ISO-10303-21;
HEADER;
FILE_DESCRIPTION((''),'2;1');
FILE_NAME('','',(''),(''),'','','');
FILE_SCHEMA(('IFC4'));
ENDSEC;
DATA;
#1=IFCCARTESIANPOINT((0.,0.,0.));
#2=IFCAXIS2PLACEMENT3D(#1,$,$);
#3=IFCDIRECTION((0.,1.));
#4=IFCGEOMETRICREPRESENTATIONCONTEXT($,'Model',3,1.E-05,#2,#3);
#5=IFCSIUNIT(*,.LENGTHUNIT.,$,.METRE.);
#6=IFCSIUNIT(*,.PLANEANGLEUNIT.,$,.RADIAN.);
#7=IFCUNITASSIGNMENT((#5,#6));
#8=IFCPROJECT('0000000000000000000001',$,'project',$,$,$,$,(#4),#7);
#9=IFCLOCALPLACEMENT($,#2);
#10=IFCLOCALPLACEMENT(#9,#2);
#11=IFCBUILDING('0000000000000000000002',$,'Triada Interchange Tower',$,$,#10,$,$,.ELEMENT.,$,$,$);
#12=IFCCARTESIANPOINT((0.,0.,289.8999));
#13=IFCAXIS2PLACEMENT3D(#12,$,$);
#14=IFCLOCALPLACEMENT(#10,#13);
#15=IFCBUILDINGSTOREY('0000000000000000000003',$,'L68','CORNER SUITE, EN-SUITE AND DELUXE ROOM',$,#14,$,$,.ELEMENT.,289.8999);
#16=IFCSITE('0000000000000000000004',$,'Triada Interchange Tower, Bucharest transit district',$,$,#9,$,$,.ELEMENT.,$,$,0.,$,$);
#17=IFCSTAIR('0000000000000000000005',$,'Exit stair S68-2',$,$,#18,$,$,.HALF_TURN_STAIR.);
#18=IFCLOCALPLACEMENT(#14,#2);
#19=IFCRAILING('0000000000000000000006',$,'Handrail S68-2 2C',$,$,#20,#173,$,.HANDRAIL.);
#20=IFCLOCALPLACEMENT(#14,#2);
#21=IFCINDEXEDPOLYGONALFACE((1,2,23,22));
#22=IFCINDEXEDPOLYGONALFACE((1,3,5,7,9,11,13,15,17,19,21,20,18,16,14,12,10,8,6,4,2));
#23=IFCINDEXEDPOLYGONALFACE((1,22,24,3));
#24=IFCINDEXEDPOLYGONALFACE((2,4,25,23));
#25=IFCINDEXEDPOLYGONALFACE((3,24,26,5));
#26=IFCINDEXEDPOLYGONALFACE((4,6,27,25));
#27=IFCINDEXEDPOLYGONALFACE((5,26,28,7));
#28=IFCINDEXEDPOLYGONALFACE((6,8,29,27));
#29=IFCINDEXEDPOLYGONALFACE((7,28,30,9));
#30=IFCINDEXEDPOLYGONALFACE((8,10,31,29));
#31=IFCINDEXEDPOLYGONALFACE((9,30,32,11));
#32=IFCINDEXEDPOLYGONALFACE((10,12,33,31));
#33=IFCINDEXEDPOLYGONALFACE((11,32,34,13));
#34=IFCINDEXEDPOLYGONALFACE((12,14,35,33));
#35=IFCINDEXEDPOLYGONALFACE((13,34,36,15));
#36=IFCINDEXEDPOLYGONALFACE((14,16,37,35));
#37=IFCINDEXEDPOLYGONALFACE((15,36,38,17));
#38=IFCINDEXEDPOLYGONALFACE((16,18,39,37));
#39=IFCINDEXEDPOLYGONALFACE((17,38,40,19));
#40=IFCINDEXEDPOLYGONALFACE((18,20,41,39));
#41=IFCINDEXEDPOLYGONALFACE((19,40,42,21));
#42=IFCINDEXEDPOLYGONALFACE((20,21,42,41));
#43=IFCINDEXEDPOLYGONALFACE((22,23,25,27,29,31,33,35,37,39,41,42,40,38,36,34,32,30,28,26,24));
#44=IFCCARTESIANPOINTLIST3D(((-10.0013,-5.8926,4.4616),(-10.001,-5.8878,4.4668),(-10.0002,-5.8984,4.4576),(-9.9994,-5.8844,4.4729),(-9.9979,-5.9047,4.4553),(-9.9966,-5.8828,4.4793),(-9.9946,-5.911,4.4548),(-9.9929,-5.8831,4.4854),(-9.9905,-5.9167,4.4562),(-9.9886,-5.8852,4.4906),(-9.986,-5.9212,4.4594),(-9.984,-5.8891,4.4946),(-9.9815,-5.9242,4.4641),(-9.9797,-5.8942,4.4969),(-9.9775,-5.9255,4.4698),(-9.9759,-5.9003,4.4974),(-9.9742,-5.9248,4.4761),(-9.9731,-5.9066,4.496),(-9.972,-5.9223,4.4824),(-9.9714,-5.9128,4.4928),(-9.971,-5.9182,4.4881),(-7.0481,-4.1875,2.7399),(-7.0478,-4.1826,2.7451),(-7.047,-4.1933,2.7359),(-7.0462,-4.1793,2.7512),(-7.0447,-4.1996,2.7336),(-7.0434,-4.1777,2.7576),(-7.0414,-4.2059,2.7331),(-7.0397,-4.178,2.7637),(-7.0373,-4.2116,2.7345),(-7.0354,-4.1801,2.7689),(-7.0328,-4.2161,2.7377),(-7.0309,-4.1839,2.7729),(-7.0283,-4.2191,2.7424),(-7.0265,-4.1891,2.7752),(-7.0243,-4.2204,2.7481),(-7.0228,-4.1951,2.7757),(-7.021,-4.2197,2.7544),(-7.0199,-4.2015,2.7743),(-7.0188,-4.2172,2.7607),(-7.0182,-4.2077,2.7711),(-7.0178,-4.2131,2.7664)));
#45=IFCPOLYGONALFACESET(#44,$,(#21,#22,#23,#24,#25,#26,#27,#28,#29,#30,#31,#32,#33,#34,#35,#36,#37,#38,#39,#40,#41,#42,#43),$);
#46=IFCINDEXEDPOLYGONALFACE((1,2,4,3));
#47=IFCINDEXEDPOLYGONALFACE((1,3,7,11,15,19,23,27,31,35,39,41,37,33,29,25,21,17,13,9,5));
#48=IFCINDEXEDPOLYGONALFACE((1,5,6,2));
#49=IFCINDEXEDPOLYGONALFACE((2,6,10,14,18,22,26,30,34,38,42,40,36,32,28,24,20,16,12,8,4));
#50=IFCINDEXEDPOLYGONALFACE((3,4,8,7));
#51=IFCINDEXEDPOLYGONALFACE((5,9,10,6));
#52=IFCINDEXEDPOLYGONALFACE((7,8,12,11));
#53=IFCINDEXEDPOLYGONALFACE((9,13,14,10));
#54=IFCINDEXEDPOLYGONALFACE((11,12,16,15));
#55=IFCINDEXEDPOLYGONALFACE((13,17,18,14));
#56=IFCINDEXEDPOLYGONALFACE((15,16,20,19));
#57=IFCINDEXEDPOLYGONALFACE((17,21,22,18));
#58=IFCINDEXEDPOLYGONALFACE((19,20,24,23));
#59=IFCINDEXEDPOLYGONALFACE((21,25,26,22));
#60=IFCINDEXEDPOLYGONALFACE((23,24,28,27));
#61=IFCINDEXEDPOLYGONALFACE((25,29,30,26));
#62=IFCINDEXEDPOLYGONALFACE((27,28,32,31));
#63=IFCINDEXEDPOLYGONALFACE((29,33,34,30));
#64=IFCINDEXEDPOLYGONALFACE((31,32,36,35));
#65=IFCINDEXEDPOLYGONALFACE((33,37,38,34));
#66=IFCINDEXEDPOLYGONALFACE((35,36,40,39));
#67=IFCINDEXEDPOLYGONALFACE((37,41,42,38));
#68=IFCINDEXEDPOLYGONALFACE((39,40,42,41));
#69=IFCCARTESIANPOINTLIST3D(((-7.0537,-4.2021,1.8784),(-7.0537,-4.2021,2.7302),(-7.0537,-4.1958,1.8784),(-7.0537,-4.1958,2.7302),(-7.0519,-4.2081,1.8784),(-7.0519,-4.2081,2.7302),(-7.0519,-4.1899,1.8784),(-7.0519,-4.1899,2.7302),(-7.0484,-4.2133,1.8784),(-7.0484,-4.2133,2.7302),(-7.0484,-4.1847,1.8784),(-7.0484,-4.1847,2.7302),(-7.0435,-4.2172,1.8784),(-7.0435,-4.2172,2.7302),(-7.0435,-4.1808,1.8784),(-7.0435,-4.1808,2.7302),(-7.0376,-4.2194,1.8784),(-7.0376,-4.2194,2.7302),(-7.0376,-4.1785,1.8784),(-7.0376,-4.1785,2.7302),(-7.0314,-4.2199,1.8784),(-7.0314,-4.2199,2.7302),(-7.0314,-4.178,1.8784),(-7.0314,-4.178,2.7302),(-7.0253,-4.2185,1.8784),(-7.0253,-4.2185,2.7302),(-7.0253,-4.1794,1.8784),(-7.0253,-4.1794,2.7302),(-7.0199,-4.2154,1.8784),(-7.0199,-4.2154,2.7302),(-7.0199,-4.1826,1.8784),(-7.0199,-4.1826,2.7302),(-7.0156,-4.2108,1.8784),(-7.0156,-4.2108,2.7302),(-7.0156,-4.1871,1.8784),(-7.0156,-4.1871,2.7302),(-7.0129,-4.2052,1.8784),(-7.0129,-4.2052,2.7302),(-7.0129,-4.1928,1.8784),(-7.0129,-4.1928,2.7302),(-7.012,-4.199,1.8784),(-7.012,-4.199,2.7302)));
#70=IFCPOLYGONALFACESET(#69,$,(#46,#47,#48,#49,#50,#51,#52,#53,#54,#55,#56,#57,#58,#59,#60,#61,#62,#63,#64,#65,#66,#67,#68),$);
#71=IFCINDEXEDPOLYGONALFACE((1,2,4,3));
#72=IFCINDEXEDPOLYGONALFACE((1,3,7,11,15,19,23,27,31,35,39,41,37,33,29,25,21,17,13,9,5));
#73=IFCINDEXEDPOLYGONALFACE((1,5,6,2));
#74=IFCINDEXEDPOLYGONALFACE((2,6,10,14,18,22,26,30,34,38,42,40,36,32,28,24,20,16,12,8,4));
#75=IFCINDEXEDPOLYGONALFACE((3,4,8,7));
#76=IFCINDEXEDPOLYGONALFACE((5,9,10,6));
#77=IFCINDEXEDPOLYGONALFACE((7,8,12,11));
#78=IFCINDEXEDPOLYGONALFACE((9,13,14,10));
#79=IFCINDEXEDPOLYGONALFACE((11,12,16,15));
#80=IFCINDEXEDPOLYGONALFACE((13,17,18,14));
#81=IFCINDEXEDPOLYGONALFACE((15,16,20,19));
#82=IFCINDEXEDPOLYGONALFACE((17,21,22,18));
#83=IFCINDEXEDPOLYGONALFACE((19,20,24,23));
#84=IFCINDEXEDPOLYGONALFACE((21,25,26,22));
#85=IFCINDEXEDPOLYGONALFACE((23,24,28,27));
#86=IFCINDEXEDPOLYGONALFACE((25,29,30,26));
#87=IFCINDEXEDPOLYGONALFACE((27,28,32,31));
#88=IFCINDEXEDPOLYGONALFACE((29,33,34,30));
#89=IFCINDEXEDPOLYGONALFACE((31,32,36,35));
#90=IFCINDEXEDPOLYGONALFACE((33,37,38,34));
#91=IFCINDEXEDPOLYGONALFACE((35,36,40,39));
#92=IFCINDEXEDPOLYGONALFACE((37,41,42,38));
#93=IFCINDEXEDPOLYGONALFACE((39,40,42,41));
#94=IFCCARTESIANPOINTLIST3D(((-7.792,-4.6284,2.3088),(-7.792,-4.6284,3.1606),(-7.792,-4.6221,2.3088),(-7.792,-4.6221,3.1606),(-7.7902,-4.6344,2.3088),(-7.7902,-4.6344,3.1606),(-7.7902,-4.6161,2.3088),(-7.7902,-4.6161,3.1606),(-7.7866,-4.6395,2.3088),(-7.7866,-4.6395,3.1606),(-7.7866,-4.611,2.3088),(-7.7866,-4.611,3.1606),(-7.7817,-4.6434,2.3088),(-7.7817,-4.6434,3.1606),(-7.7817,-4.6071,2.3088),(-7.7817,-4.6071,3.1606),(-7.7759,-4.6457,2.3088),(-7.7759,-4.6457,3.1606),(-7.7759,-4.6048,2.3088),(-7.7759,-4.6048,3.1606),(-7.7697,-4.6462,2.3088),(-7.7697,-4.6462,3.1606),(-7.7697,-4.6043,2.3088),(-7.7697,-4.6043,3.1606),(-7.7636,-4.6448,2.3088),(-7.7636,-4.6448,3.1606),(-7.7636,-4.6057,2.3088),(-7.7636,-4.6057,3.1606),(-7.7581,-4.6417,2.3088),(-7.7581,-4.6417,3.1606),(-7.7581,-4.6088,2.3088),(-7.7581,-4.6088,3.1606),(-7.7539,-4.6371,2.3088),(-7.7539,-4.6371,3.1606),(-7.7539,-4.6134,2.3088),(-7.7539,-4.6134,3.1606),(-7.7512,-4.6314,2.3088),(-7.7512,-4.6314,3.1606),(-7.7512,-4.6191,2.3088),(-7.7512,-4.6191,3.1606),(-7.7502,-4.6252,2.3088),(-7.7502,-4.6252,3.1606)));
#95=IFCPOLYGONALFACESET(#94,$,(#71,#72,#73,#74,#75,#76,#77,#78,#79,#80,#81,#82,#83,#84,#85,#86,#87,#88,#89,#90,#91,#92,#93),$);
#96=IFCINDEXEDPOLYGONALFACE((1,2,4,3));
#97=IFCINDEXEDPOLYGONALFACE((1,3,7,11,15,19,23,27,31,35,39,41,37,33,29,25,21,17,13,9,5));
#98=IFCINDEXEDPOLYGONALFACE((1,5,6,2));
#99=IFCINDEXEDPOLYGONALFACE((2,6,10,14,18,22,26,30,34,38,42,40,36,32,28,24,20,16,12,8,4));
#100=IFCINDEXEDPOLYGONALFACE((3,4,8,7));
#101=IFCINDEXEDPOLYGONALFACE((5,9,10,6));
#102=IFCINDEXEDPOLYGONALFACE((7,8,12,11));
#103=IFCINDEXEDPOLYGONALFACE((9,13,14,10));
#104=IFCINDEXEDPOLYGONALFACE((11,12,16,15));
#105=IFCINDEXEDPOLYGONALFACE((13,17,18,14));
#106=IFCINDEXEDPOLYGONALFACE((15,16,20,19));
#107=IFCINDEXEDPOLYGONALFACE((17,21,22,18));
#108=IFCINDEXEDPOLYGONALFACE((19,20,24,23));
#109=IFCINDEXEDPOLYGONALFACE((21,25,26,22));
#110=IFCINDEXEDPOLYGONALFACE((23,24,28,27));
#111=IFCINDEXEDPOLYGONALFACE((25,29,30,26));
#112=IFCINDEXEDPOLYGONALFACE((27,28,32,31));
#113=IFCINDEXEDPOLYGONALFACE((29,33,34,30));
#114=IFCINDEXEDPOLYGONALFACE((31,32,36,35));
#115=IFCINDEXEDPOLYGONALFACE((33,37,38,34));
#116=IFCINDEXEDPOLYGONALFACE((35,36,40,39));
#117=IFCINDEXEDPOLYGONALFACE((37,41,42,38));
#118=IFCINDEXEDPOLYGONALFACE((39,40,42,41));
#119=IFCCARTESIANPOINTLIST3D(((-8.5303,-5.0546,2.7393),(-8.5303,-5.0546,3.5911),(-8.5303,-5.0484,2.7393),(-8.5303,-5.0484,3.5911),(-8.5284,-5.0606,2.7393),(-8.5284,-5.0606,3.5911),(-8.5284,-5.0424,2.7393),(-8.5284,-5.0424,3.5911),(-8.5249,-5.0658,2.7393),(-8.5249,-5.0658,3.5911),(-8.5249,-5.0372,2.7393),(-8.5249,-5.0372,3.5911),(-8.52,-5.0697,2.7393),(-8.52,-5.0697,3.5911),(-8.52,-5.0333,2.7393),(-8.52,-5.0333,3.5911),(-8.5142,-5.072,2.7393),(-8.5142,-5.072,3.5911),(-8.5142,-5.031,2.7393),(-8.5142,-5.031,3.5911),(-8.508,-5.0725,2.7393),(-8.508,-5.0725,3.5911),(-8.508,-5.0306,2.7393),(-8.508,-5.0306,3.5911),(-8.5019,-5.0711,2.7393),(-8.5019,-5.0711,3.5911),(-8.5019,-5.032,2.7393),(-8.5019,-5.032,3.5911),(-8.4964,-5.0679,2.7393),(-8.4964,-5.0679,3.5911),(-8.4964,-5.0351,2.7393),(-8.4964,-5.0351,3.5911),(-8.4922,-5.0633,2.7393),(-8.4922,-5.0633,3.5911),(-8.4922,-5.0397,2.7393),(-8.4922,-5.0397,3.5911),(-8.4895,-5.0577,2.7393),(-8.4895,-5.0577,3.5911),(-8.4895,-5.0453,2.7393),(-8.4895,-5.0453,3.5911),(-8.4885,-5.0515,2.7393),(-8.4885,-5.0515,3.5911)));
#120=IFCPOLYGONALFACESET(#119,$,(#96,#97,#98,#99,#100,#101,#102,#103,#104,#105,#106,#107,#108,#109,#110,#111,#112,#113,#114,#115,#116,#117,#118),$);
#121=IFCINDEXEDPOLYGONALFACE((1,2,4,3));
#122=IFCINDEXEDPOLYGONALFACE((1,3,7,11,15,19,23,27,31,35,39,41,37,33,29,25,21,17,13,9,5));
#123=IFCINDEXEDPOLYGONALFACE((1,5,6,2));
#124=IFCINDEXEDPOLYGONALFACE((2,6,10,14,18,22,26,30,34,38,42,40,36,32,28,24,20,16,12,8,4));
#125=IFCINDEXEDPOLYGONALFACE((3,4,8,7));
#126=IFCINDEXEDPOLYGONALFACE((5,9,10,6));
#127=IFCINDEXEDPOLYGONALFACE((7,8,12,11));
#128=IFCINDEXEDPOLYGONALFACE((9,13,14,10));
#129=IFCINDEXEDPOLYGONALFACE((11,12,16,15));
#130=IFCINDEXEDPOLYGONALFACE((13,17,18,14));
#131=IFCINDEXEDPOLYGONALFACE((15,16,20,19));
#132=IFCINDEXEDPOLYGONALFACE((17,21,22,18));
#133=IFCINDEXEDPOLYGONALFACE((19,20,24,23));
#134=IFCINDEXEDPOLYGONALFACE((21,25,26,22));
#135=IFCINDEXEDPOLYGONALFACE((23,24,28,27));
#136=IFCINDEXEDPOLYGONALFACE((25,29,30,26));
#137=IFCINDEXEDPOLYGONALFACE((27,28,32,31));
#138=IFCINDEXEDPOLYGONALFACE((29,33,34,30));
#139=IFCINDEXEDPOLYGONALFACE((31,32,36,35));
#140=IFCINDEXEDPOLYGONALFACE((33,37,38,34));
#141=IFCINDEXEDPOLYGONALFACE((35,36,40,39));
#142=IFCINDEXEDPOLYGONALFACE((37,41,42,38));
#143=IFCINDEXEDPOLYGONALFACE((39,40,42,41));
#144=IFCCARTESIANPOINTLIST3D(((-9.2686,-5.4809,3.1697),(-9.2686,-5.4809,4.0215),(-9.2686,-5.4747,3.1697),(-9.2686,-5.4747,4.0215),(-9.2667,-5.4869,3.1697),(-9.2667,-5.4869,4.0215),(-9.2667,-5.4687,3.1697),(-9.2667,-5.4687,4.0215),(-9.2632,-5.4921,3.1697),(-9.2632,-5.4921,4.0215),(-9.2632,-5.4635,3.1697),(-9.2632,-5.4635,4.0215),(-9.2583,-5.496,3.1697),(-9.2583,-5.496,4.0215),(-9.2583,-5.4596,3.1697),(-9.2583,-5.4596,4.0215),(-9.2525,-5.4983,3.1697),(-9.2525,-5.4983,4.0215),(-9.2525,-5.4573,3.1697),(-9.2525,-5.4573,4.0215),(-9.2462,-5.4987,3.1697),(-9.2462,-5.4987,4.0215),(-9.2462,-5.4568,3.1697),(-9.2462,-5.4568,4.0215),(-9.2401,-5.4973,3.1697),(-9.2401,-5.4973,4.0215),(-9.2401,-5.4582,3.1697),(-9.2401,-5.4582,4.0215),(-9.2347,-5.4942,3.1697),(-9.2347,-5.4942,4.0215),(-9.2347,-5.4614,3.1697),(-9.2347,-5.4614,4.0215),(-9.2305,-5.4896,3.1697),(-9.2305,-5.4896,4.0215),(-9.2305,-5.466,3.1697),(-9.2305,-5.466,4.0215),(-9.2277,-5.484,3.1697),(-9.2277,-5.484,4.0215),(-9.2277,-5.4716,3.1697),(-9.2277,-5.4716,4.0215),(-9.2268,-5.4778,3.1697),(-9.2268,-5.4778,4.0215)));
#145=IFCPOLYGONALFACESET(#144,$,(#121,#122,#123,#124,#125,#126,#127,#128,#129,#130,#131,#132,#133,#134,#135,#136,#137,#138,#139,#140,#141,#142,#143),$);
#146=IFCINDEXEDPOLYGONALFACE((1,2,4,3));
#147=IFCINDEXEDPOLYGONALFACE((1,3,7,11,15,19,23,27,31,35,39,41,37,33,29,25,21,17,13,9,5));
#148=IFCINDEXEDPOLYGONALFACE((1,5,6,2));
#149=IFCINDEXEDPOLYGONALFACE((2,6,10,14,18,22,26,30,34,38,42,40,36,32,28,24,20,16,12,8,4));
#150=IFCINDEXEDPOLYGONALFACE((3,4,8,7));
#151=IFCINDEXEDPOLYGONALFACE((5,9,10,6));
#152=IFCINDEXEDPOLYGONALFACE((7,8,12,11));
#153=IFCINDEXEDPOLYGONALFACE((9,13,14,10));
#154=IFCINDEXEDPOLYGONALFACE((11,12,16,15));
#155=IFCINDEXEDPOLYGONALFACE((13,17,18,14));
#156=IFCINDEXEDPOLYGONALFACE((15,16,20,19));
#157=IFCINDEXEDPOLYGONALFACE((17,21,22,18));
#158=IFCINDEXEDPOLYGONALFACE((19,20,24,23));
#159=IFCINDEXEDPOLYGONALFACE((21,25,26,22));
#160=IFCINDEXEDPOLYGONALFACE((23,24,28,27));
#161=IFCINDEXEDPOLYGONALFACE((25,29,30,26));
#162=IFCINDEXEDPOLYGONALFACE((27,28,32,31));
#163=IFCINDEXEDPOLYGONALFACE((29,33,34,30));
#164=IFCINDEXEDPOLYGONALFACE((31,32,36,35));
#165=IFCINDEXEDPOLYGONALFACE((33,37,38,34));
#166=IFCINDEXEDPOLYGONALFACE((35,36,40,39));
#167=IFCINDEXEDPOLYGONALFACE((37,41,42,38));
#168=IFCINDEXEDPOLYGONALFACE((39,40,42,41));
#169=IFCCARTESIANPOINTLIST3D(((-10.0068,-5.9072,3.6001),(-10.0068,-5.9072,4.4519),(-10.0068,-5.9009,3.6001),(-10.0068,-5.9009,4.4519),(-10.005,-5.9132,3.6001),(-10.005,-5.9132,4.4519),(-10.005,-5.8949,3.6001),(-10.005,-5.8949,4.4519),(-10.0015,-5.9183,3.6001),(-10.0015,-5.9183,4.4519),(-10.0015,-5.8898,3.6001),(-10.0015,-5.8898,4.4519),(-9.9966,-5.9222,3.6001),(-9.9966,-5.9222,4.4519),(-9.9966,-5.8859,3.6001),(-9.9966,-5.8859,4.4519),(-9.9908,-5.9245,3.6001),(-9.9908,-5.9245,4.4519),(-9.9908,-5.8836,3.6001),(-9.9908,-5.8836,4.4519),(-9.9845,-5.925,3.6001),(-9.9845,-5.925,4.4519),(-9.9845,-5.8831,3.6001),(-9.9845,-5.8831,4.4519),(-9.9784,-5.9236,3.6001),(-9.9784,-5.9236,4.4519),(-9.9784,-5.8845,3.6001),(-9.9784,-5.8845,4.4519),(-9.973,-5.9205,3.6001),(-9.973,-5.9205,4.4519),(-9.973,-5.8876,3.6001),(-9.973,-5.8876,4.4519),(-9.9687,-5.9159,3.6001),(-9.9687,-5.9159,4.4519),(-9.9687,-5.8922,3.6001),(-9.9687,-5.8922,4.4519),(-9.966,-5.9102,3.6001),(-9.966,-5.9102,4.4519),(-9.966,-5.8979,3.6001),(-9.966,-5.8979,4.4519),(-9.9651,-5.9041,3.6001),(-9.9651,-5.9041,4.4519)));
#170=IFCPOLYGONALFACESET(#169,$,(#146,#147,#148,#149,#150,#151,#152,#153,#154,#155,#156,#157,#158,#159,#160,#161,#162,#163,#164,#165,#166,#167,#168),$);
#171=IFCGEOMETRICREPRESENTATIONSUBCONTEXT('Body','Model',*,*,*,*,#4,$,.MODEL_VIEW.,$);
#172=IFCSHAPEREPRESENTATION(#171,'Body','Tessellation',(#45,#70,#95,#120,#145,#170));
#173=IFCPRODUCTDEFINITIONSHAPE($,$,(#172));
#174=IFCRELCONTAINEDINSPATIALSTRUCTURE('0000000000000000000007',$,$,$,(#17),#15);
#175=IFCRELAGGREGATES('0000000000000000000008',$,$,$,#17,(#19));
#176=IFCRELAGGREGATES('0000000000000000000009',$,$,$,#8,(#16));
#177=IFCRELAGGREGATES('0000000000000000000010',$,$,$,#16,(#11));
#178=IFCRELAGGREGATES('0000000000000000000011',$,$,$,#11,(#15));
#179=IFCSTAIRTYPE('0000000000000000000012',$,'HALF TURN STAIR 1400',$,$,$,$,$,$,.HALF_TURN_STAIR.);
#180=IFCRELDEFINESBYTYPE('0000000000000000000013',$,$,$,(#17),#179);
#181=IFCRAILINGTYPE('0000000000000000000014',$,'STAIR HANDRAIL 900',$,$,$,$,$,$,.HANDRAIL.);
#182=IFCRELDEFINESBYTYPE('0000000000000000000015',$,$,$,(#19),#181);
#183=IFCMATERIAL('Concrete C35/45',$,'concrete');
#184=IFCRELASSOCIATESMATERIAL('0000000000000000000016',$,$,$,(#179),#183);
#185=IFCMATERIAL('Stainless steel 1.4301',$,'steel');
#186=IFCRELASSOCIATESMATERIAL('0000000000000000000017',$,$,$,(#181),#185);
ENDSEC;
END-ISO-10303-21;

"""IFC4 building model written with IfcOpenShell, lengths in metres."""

from ifc_helpers import new_model, si_unit, direction, frame, origin, origin_2d, place, context, subcontext, project, spatial, circle, extrude, material, type_object, element, aggregate, save


model = new_model("IFC4")

# Units and contexts
model_context = context("Model", 3, precision=1e-05, world=origin(), true_north=direction((0.0, 1.0)))
body_context = subcontext(model_context, "Body", "Model", "MODEL_VIEW")
ifc_project = project(units=[si_unit("LENGTHUNIT", "METRE"), si_unit("PLANEANGLEUNIT", "RADIAN")], contexts=[model_context])

# Site, building, storey
site_placement = place(None, origin())
site = spatial("IfcSite", under=ifc_project, at=site_placement, Name="Triada Interchange Tower, Bucharest transit district", CompositionType="ELEMENT", RefElevation=0.0)
building_placement = place(site_placement, origin())
building = spatial("IfcBuilding", under=site, at=building_placement, Name="Triada Interchange Tower", CompositionType="ELEMENT")
storey_placement = place(building_placement, frame((0.0, 0.0, 289.8999)))
storey = spatial("IfcBuildingStorey", under=building, at=storey_placement, Name="L68", Description="CORNER SUITE, EN-SUITE AND DELUXE ROOM", CompositionType="ELEMENT", Elevation=289.8999)

# Stair, railing
ifc_material_1 = material(Name="Concrete C35/45", Category="concrete")
stair_type = type_object("IfcStairType", Name="HALF TURN STAIR 1400", PredefinedType="HALF_TURN_STAIR", material=ifc_material_1)
stair_placement = place(storey_placement, origin())
stair = element("IfcStair", 1, at=stair_placement, inside=storey, type_object=stair_type, Name="Exit stair S68-2", PredefinedType="HALF_TURN_STAIR")
ifc_material_2 = material(Name="Stainless steel 1.4301", Category="steel")
railing_type = type_object("IfcRailingType", Name="STAIR HANDRAIL 900", PredefinedType="HANDRAIL", material=ifc_material_2)
railing_1_placement = place(storey_placement, frame((-7.033, -4.199, 1.8784)))
railing_1 = element("IfcRailing", 2, at=railing_1_placement, type_object=railing_type, Name="Handrail S68-2 2C", PredefinedType="HANDRAIL", context=body_context, shape_type="SweptSolid", body=[
    extrude(circle(Radius=0.0239, at=origin_2d()), frame((0.0, 0.0, 0.876), z_axis=(-0.773069, -0.446355, 0.450701), x_axis=(0.50002, -0.866014, 0.0)), (0.0, 0.0, 1.0), 3.8201),
    extrude(circle(Radius=0.021, at=origin_2d()), origin(), (0.0, 0.0, 1.0), 0.8518),
    extrude(circle(Radius=0.021, at=origin_2d()), frame((-0.7383, -0.4263, 0.4304)), (0.0, 0.0, 1.0), 0.8518),
    extrude(circle(Radius=0.021, at=origin_2d()), frame((-1.4766, -0.8525, 0.8608)), (0.0, 0.0, 1.0), 0.8518),
    extrude(circle(Radius=0.021, at=origin_2d()), frame((-2.2148, -1.2788, 1.2913)), (0.0, 0.0, 1.0), 0.8518),
    extrude(circle(Radius=0.021, at=origin_2d()), frame((-2.9531, -1.7051, 1.7217)), (0.0, 0.0, 1.0), 0.8518),
])
aggregate(stair, [railing_1])

save(model, "model.ifc")
